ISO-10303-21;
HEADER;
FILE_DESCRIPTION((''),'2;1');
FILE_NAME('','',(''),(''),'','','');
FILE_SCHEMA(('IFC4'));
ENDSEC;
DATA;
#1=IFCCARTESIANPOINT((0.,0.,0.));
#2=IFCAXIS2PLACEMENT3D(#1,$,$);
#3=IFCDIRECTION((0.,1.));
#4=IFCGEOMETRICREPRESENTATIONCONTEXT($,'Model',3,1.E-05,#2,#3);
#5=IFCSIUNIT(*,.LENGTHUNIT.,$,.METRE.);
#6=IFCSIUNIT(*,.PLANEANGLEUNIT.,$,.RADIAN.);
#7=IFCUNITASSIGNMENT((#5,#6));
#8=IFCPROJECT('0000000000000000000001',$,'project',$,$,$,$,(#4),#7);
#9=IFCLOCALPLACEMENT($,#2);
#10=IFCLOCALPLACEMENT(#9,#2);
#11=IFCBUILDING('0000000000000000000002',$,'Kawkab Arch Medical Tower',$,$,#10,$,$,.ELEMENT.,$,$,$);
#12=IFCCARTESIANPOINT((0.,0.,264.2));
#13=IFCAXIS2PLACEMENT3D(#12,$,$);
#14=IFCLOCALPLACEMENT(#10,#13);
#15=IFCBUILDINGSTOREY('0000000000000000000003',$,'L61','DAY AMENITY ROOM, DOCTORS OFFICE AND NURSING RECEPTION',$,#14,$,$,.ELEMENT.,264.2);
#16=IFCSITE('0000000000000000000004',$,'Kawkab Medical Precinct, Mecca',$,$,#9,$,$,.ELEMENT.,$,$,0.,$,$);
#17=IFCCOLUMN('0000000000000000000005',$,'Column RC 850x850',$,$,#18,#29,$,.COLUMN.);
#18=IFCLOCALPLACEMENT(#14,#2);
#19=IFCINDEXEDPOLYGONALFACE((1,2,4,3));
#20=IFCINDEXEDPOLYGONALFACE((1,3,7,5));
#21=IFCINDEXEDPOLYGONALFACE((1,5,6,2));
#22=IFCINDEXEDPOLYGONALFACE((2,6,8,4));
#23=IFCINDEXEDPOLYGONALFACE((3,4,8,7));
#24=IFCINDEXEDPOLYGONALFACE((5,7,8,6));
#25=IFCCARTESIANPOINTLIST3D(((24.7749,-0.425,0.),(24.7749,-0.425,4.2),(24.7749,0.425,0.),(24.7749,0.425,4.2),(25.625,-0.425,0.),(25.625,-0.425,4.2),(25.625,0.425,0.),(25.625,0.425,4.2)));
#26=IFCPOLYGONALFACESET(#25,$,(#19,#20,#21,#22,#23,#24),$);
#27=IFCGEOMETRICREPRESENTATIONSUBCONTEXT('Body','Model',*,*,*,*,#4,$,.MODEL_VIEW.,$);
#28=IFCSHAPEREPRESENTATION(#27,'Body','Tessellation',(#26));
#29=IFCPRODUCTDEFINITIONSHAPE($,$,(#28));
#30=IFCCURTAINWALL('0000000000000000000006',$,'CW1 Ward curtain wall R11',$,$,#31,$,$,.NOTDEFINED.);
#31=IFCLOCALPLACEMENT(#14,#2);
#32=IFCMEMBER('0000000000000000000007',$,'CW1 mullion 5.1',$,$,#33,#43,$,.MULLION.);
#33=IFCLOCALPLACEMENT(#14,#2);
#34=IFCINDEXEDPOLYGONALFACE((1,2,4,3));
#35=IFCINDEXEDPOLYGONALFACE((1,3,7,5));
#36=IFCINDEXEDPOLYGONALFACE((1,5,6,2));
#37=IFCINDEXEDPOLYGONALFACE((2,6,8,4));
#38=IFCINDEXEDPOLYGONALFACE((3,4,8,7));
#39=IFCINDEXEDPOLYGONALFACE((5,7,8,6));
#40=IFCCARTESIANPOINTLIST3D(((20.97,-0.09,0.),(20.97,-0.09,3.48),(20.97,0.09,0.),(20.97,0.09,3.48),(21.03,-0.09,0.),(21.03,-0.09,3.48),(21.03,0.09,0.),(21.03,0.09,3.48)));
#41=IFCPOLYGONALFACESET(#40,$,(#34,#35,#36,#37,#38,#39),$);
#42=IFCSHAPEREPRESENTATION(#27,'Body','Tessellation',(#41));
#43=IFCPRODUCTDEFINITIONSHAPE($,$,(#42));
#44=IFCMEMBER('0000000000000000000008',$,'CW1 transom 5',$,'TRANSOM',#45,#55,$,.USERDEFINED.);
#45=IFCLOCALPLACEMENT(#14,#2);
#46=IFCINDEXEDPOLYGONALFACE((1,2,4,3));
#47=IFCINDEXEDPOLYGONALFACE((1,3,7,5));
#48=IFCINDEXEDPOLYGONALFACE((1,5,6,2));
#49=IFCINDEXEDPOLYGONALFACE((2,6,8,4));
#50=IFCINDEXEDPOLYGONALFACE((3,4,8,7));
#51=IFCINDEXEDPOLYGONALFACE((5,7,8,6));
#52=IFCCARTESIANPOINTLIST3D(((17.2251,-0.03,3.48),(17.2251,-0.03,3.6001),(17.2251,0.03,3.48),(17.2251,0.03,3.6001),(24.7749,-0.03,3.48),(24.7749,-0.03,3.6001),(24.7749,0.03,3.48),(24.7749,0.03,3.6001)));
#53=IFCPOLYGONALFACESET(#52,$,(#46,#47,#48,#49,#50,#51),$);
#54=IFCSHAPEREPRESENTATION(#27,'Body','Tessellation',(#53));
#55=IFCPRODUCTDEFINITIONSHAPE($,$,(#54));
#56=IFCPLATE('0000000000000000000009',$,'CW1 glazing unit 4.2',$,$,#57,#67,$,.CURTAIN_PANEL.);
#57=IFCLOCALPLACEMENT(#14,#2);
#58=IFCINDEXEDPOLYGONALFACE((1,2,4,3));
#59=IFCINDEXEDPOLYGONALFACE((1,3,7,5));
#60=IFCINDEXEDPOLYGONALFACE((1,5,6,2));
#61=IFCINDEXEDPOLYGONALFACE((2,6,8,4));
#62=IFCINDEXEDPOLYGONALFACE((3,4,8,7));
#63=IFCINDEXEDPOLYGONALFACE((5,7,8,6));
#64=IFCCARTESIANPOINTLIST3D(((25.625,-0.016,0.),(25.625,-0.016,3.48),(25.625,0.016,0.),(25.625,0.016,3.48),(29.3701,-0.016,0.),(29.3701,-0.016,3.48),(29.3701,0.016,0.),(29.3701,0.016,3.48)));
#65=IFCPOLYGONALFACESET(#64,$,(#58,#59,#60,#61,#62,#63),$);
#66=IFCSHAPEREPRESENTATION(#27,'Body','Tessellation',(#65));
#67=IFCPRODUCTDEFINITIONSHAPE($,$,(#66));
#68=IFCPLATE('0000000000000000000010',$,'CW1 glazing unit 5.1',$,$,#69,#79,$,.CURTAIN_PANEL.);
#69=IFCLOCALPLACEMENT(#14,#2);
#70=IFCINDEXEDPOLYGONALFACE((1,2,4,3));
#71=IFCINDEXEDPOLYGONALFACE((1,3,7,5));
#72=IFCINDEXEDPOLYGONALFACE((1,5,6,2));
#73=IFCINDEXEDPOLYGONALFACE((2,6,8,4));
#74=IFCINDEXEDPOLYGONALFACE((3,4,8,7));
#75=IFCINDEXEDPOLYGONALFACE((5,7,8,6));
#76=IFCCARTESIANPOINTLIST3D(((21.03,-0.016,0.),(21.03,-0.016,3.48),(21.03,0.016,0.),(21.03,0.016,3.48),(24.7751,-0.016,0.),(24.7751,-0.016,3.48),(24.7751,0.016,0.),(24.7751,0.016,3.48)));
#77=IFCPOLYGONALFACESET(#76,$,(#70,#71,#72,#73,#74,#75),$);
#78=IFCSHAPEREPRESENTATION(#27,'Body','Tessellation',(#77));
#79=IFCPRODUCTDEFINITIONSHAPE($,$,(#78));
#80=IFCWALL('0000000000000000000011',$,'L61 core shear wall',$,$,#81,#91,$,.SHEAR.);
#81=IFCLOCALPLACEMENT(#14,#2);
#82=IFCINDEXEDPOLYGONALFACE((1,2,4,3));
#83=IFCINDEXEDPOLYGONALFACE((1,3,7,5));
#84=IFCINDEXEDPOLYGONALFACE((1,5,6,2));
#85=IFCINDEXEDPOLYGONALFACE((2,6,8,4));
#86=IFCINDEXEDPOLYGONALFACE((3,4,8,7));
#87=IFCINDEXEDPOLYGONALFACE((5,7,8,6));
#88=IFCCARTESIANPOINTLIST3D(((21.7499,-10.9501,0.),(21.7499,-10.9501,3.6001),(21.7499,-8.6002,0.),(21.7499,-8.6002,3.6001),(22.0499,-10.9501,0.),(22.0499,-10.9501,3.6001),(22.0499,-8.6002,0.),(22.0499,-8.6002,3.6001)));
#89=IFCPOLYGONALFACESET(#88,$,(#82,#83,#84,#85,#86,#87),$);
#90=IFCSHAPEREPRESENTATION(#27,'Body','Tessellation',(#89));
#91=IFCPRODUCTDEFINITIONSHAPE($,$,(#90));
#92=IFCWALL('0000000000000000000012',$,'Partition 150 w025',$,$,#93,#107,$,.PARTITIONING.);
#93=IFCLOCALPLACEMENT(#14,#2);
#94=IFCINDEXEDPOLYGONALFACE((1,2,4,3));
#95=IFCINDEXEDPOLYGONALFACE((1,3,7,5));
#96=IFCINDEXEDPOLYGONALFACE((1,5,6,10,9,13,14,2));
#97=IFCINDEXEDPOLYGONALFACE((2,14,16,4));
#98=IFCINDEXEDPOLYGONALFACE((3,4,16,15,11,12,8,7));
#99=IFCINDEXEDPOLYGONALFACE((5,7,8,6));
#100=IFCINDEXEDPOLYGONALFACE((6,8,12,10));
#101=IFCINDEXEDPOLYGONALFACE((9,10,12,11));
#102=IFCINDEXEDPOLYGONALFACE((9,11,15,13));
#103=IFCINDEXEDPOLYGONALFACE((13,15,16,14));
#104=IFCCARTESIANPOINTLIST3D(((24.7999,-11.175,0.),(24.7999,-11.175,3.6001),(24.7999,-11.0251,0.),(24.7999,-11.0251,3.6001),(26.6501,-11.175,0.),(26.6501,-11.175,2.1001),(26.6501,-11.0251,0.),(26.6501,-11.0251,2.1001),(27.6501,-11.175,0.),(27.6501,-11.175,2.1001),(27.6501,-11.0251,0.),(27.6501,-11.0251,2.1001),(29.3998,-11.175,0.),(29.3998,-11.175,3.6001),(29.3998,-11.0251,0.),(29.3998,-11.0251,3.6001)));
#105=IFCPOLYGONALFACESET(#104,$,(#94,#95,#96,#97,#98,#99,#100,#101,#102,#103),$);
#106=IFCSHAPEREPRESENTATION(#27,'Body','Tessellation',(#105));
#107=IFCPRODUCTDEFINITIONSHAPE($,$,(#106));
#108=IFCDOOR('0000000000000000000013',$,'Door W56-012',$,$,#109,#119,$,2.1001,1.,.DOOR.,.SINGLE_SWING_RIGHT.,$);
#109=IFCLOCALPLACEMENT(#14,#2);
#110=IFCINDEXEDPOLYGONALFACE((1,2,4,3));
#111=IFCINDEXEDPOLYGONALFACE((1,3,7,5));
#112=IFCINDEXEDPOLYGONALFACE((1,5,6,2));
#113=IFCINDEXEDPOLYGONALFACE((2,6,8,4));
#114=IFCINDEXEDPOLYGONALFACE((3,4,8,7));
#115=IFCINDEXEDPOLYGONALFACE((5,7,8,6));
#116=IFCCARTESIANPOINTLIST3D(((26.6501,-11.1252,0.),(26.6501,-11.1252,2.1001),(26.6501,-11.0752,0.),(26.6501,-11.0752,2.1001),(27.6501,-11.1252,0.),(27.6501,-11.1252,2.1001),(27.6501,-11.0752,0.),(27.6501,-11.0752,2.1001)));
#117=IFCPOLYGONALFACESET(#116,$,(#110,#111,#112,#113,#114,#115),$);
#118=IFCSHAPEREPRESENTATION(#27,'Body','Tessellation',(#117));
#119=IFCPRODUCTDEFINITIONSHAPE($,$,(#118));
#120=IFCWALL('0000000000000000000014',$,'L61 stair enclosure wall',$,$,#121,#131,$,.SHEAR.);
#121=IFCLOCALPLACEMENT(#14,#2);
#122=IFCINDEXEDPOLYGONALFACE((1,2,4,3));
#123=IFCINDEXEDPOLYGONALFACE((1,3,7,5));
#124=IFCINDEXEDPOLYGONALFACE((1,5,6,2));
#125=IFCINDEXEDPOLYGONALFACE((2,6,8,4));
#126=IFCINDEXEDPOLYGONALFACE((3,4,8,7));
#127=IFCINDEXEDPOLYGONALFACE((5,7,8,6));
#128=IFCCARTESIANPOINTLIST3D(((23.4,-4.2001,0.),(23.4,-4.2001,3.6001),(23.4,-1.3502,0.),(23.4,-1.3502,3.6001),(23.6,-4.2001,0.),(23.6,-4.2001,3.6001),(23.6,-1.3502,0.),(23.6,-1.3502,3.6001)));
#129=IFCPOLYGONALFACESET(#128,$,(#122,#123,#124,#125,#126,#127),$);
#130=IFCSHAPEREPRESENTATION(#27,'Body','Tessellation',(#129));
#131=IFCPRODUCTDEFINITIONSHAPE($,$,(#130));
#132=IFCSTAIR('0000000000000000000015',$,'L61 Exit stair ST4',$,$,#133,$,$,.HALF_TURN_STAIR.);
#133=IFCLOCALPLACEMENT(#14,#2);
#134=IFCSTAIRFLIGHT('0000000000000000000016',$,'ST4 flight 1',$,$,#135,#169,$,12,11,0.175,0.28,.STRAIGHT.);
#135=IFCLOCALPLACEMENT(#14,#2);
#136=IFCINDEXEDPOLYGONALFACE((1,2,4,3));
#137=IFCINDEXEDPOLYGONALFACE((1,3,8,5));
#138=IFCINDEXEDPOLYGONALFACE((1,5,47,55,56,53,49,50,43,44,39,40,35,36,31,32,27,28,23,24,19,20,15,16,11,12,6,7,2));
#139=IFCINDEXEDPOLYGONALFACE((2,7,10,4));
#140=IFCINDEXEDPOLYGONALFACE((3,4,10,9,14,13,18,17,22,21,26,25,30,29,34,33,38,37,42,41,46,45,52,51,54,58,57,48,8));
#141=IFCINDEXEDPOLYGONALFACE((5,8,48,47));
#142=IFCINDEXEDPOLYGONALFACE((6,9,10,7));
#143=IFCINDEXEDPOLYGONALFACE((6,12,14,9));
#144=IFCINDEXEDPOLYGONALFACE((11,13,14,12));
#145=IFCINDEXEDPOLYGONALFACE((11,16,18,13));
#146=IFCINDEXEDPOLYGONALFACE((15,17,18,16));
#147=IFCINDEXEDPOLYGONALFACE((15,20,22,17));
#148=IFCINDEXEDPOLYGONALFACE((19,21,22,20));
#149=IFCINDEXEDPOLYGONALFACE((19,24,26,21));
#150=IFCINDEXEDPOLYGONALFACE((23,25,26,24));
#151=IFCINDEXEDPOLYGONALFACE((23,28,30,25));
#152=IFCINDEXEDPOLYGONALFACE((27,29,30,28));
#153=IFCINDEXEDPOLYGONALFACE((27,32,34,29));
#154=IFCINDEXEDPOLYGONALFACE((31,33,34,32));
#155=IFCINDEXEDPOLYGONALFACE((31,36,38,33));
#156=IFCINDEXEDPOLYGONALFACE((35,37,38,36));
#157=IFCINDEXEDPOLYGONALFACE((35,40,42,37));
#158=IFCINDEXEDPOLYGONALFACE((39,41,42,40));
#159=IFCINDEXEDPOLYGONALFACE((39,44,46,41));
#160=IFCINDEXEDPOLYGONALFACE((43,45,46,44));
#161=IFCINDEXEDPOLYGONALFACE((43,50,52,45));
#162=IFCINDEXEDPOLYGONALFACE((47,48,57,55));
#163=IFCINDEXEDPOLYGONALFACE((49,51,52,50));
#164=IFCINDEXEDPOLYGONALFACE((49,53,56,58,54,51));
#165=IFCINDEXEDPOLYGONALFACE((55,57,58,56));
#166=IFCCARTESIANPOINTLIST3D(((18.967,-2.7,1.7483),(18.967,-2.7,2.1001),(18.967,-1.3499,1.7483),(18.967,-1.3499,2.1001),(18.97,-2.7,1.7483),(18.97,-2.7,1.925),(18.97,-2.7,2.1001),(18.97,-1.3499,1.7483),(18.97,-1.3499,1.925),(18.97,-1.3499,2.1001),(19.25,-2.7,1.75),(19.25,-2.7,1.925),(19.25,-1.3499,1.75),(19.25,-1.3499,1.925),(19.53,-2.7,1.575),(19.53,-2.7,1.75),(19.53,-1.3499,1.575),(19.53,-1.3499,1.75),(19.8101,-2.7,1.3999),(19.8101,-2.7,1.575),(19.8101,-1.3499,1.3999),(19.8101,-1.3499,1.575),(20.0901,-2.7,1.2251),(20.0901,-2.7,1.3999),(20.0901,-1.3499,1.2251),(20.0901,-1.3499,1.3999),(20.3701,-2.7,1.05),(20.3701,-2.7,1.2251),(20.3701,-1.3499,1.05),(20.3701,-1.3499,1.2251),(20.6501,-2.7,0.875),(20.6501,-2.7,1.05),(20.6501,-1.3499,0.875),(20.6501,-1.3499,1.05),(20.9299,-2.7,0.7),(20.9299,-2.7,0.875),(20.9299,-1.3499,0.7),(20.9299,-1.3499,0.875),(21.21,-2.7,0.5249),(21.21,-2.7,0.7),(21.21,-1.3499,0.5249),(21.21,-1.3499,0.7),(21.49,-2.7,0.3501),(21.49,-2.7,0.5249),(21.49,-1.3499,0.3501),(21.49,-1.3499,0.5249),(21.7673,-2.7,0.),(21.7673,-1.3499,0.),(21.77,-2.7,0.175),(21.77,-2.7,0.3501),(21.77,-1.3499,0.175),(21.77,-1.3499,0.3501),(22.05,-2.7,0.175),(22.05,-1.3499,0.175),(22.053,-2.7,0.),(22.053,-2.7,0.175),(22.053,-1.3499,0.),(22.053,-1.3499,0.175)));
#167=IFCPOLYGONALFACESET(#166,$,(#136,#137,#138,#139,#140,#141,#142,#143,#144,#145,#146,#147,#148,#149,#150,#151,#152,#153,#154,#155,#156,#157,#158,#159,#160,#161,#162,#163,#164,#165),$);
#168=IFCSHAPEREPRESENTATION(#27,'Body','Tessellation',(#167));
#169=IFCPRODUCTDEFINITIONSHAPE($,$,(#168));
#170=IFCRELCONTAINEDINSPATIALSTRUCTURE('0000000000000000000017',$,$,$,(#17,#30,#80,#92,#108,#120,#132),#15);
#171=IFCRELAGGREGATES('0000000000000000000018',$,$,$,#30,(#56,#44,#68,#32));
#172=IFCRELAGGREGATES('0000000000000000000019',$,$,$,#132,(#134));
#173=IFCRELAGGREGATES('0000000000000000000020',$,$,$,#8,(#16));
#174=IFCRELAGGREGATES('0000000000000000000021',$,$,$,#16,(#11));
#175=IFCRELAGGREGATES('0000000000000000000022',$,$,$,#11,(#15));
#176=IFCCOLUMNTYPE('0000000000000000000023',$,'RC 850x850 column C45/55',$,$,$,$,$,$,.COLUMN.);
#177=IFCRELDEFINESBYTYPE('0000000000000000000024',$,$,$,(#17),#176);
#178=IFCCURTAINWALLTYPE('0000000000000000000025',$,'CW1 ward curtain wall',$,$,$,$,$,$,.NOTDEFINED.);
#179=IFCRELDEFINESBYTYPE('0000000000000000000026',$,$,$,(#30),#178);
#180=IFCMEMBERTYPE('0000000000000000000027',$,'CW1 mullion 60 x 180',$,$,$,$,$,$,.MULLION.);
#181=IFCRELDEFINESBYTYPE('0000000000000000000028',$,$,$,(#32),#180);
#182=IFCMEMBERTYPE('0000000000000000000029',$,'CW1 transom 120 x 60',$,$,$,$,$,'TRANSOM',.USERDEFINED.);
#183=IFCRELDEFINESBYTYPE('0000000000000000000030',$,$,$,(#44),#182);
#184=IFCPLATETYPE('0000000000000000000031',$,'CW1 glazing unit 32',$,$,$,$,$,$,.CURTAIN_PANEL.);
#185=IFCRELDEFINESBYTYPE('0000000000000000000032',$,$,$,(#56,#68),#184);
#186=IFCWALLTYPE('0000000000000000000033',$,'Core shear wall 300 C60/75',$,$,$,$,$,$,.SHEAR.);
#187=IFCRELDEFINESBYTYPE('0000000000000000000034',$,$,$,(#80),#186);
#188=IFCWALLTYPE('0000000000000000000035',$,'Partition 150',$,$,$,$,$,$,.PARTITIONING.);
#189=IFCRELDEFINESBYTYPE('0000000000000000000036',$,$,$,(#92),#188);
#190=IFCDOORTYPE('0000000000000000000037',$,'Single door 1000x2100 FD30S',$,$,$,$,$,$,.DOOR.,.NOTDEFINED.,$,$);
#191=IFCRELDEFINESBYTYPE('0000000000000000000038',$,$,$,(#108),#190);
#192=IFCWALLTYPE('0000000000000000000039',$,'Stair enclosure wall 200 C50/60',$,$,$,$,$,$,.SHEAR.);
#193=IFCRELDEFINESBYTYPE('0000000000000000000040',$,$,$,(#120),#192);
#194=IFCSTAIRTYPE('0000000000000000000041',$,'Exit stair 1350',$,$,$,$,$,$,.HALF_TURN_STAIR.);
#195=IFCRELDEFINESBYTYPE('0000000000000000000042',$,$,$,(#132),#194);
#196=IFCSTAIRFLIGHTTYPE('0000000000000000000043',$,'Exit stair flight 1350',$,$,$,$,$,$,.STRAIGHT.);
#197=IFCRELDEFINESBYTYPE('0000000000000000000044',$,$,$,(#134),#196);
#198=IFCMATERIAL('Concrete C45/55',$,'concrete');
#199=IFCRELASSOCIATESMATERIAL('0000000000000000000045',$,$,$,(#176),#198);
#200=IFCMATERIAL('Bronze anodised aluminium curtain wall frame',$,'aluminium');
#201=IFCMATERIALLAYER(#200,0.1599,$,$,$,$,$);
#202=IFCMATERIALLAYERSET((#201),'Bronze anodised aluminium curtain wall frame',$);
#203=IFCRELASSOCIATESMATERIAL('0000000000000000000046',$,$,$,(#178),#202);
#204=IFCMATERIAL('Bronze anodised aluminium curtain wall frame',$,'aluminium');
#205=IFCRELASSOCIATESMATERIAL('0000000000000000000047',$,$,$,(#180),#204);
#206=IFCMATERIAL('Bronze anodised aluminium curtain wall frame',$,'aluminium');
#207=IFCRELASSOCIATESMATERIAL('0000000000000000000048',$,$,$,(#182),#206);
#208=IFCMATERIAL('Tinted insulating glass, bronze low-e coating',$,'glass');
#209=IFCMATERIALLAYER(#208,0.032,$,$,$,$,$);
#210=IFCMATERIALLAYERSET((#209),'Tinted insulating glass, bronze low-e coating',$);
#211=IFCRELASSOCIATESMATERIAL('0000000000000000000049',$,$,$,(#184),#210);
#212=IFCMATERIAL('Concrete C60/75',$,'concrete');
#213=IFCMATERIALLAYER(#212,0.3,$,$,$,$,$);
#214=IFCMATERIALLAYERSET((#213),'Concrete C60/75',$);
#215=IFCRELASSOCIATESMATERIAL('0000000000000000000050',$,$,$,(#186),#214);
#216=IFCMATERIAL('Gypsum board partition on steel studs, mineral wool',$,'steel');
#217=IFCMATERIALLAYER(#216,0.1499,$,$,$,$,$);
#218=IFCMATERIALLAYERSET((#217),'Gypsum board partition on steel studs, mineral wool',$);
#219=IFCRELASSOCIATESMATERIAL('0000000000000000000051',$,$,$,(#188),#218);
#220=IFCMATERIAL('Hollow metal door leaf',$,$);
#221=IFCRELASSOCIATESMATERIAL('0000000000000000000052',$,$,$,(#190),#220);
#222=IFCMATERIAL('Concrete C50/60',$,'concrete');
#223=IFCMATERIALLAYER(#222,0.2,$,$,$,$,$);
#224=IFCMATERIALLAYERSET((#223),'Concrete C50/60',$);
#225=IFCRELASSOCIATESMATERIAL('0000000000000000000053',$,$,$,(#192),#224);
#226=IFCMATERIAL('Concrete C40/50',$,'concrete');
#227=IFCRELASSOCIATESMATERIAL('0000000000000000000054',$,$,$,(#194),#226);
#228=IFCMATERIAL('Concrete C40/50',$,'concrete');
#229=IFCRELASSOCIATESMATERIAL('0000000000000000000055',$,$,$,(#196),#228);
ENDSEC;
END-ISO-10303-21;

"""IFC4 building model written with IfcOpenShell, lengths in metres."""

from ifc_helpers import new_model, si_unit, direction, frame, frame_2d, origin, origin_2d, place, context, subcontext, project, spatial, polyline, rectangle, outline, extrude, material, layer, layer_set, material_profile, profile_set, type_object, element, fill, aggregate, save


model = new_model("IFC4")

# Units and contexts
model_context = context("Model", 3, precision=1e-05, world=origin(), true_north=direction((0.0, 1.0)))
body_context = subcontext(model_context, "Body", "Model", "MODEL_VIEW")
ifc_project = project(units=[si_unit("LENGTHUNIT", "METRE"), si_unit("PLANEANGLEUNIT", "RADIAN")], contexts=[model_context])

# Site, building, storey
site_placement = place(None, origin())
site = spatial("IfcSite", under=ifc_project, at=site_placement, Name="Kawkab Medical Precinct, Mecca", CompositionType="ELEMENT", RefElevation=0.0)
building_placement = place(site_placement, origin())
building = spatial("IfcBuilding", under=site, at=building_placement, Name="Kawkab Arch Medical Tower", CompositionType="ELEMENT")
storey_placement = place(building_placement, frame((0.0, 0.0, 264.2)))
storey = spatial("IfcBuildingStorey", under=building, at=storey_placement, Name="L61", Description="DAY AMENITY ROOM, DOCTORS OFFICE AND NURSING RECEPTION", CompositionType="ELEMENT", Elevation=264.2)

# Column
ifc_material_1 = material(Name="Concrete C45/55", Category="concrete")
ifc_material_profile_1 = material_profile(ifc_material_1, rectangle(XDim=0.8501, YDim=0.8501, at=origin_2d()), Name="RC 850x850")
ifc_profile_set_1 = profile_set([ifc_material_profile_1], Name="Concrete C45/55")
column_type = type_object("IfcColumnType", Name="RC 850x850 column C45/55", PredefinedType="COLUMN", material=ifc_profile_set_1)
column_placement = place(storey_placement, frame((25.2, 0.0, 0.0), z_axis=(0.0, 0.0, 1.0), x_axis=(1.0, 0.0, 0.0)))
element("IfcColumn", 1, at=column_placement, inside=storey, type_object=column_type, Name="Column RC 850x850", PredefinedType="COLUMN", context=body_context, shape_type="SweptSolid", body=[
    extrude(rectangle(XDim=0.8501, YDim=0.8501, at=origin_2d()), origin(), (0.0, 0.0, 1.0), 4.2),
])

# Curtain wall, members, plates
ifc_material_2 = material(Name="Bronze anodised aluminium curtain wall frame", Category="aluminium")
ifc_layer_1 = layer(ifc_material_2, 0.1599)
ifc_layer_set_1 = layer_set([ifc_layer_1], Name="Bronze anodised aluminium curtain wall frame")
curtain_wall_type = type_object("IfcCurtainWallType", Name="CW1 ward curtain wall", PredefinedType="NOTDEFINED", material=ifc_layer_set_1)
placement = place(storey_placement, origin())
curtain_wall = element("IfcCurtainWall", 2, at=placement, inside=storey, type_object=curtain_wall_type, Name="CW1 Ward curtain wall R11", PredefinedType="NOTDEFINED")
ifc_material_3 = material(Name="Bronze anodised aluminium curtain wall frame", Category="aluminium")
ifc_material_profile_2 = material_profile(ifc_material_3, rectangle(XDim=0.1799, YDim=0.0601, at=origin_2d()), Name="AL 60x180")
ifc_profile_set_2 = profile_set([ifc_material_profile_2], Name="Bronze anodised aluminium curtain wall frame")
member_type_1 = type_object("IfcMemberType", Name="CW1 mullion 60 x 180", PredefinedType="MULLION", material=ifc_profile_set_2)
member_1_placement = place(storey_placement, frame((21.0, 0.0, 0.0), z_axis=(0.0, 0.0, 1.0), x_axis=(0.0, -1.0, 0.0)))
member_1 = element("IfcMember", 3, at=member_1_placement, type_object=member_type_1, Name="CW1 mullion 5.1", PredefinedType="MULLION", context=body_context, shape_type="SweptSolid", body=[
    extrude(rectangle(XDim=0.1799, YDim=0.0601, at=origin_2d()), origin(), (0.0, 0.0, 1.0), 3.48),
])
ifc_material_4 = material(Name="Bronze anodised aluminium curtain wall frame", Category="aluminium")
ifc_material_profile_3 = material_profile(ifc_material_4, rectangle(XDim=0.0601, YDim=0.1201, at=origin_2d()), Name="AL 60x120")
ifc_profile_set_3 = profile_set([ifc_material_profile_3], Name="Bronze anodised aluminium curtain wall frame")
member_type_2 = type_object("IfcMemberType", Name="CW1 transom 120 x 60", ElementType="TRANSOM", PredefinedType="USERDEFINED", material=ifc_profile_set_3)
member_2_placement = place(storey_placement, frame((24.7749, 0.0, 3.54), z_axis=(-1.0, 0.0, 0.0), x_axis=(0.0, -1.0, 0.0)))
member_2 = element("IfcMember", 4, at=member_2_placement, type_object=member_type_2, Name="CW1 transom 5", ObjectType="TRANSOM", PredefinedType="USERDEFINED", context=body_context, shape_type="SweptSolid", body=[
    extrude(rectangle(XDim=0.0601, YDim=0.1201, at=origin_2d()), origin(), (0.0, 0.0, 1.0), 7.5498),
])
ifc_material_5 = material(Name="Tinted insulating glass, bronze low-e coating", Category="glass")
ifc_layer_2 = layer(ifc_material_5, 0.032)
ifc_layer_set_2 = layer_set([ifc_layer_2], Name="Tinted insulating glass, bronze low-e coating")
plate_type = type_object("IfcPlateType", Name="CW1 glazing unit 32", PredefinedType="CURTAIN_PANEL", material=ifc_layer_set_2)
plate_1_placement = place(storey_placement, frame((27.4976, 0.0, 0.0), z_axis=(0.0, 0.0, 1.0), x_axis=(-1.0, 0.0, 0.0)))
plate_1 = element("IfcPlate", 5, at=plate_1_placement, type_object=plate_type, Name="CW1 glazing unit 4.2", PredefinedType="CURTAIN_PANEL", context=body_context, shape_type="SweptSolid", body=[
    extrude(rectangle(XDim=3.7451, YDim=0.032, at=origin_2d()), origin(), (0.0, 0.0, 1.0), 3.48),
])
plate_2_placement = place(storey_placement, frame((22.9026, 0.0, 0.0), z_axis=(0.0, 0.0, 1.0), x_axis=(-1.0, 0.0, 0.0)))
plate_2 = element("IfcPlate", 6, at=plate_2_placement, type_object=plate_type, Name="CW1 glazing unit 5.1", PredefinedType="CURTAIN_PANEL", context=body_context, shape_type="SweptSolid", body=[
    extrude(rectangle(XDim=3.7451, YDim=0.032, at=origin_2d()), origin(), (0.0, 0.0, 1.0), 3.48),
])
aggregate(curtain_wall, [plate_1, member_2, plate_2, member_1])

# Wall
ifc_material_6 = material(Name="Concrete C60/75", Category="concrete")
ifc_layer_3 = layer(ifc_material_6, 0.3)
ifc_layer_set_3 = layer_set([ifc_layer_3], Name="Concrete C60/75")
wall_type_1 = type_object("IfcWallType", Name="Core shear wall 300 C60/75", PredefinedType="SHEAR", material=ifc_layer_set_3)
wall_1_placement = place(storey_placement, frame((21.8999, -10.95, 0.0), z_axis=(0.0, 0.0, 1.0), x_axis=(0.0, 1.0, 0.0)))
element("IfcWall", 7, at=wall_1_placement, inside=storey, type_object=wall_type_1, Name="L61 core shear wall", PredefinedType="SHEAR", context=body_context, shape_type="SweptSolid", body=[
    extrude(rectangle(XDim=2.3499, YDim=0.3, at=frame_2d((1.1748, 0.0))), origin(), (0.0, 0.0, 1.0), 3.6001),
])

# Wall, opening, door
ifc_material_7 = material(Name="Gypsum board partition on steel studs, mineral wool", Category="steel")
ifc_layer_4 = layer(ifc_material_7, 0.1499)
ifc_layer_set_4 = layer_set([ifc_layer_4], Name="Gypsum board partition on steel studs, mineral wool")
wall_type_2 = type_object("IfcWallType", Name="Partition 150", PredefinedType="PARTITIONING", material=ifc_layer_set_4)
wall_2_placement = place(storey_placement, frame((24.8, -11.1001, 0.0), z_axis=(0.0, 0.0, 1.0), x_axis=(1.0, 0.0, 0.0)))
wall_2 = element("IfcWall", 8, at=wall_2_placement, inside=storey, type_object=wall_type_2, Name="Partition 150 w025", PredefinedType="PARTITIONING", context=body_context, shape_type="SweptSolid", body=[
    extrude(rectangle(XDim=4.5999, YDim=0.1499, at=frame_2d((2.2998, 0.0))), origin(), (0.0, 0.0, 1.0), 3.6001),
])
opening_placement = place(wall_2_placement, frame((1.8501, 0.0, 0.0)))
opening = element("IfcOpeningElement", 9, at=opening_placement, cuts=wall_2, PredefinedType="OPENING", context=body_context, shape_type="SweptSolid", body=[
    extrude(rectangle(XDim=1.0, YDim=2.1001, at=frame_2d((0.5, 1.05))), frame((0.0, 0.085, 0.0), z_axis=(0.0, -1.0, 0.0), x_axis=(1.0, 0.0, 0.0)), (0.0, 0.0, 1.0), 0.1699),
])
ifc_material_8 = material(Name="Hollow metal door leaf")
door_type = type_object("IfcDoorType", Name="Single door 1000x2100 FD30S", OperationType="NOTDEFINED", PredefinedType="DOOR", material=ifc_material_8)
door_placement = place(opening_placement, origin())
door = element("IfcDoor", 10, at=door_placement, inside=storey, type_object=door_type, Name="Door W56-012", OperationType="SINGLE_SWING_RIGHT", OverallHeight=2.1001, OverallWidth=1.0, PredefinedType="DOOR", context=body_context, shape_type="SweptSolid", body=[
    extrude(rectangle(XDim=1.0, YDim=2.1001, at=frame_2d((0.5, 1.05))), frame((0.0, 0.0249, 0.0), z_axis=(0.0, -1.0, 0.0), x_axis=(1.0, 0.0, 0.0)), (0.0, 0.0, 1.0), 0.05),
])
fill(opening, door)

# Wall
ifc_material_9 = material(Name="Concrete C50/60", Category="concrete")
ifc_layer_5 = layer(ifc_material_9, 0.2)
ifc_layer_set_5 = layer_set([ifc_layer_5], Name="Concrete C50/60")
wall_type_3 = type_object("IfcWallType", Name="Stair enclosure wall 200 C50/60", PredefinedType="SHEAR", material=ifc_layer_set_5)
wall_3_placement = place(storey_placement, frame((23.5, -4.2, 0.0), z_axis=(0.0, 0.0, 1.0), x_axis=(0.0, 1.0, 0.0)))
element("IfcWall", 11, at=wall_3_placement, inside=storey, type_object=wall_type_3, Name="L61 stair enclosure wall", PredefinedType="SHEAR", context=body_context, shape_type="SweptSolid", body=[
    extrude(rectangle(XDim=2.8499, YDim=0.2, at=frame_2d((1.4248, 0.0))), origin(), (0.0, 0.0, 1.0), 3.6001),
])

# Stair, stair flight
ifc_material_10 = material(Name="Concrete C40/50", Category="concrete")
stair_type = type_object("IfcStairType", Name="Exit stair 1350", PredefinedType="HALF_TURN_STAIR", material=ifc_material_10)
stair = element("IfcStair", 12, at=placement, inside=storey, type_object=stair_type, Name="L61 Exit stair ST4", PredefinedType="HALF_TURN_STAIR")
ifc_material_11 = material(Name="Concrete C40/50", Category="concrete")
stair_flight_type = type_object("IfcStairFlightType", Name="Exit stair flight 1350", PredefinedType="STRAIGHT", material=ifc_material_11)
stair_flight_placement = place(storey_placement, frame((22.05, -2.0249, 0.0), z_axis=(0.0, 0.0, 1.0), x_axis=(-1.0, 0.0, 0.0)))
stair_flight = element("IfcStairFlight", 13, at=stair_flight_placement, type_object=stair_flight_type, Name="ST4 flight 1", NumberOfRisers=12, NumberOfTreads=11, PredefinedType="STRAIGHT", RiserHeight=0.175, TreadLength=0.28, context=body_context, shape_type="SweptSolid", body=[
    extrude(outline(polyline([(-0.0029, 0.0), (-0.0029, 0.175), (0.0, 0.175), (0.28, 0.175), (0.28, 0.3501), (0.5601, 0.3501), (0.5601, 0.5249), (0.8401, 0.5249), (0.8401, 0.7), (1.1201, 0.7), (1.1201, 0.875), (1.3999, 0.875), (1.3999, 1.05), (1.6799, 1.05), (1.6799, 1.2251), (1.96, 1.2251), (1.96, 1.3999), (2.24, 1.3999), (2.24, 1.575), (2.52, 1.575), (2.52, 1.75), (2.8, 1.75), (2.8, 1.925), (3.0801, 1.925), (3.0801, 2.1001), (3.083, 2.1001), (3.083, 1.7483), (3.0801, 1.7483), (0.2827, 0.0), (-0.0029, 0.0)])), frame((0.0, 0.675, 0.0), z_axis=(0.0, -1.0, 0.0), x_axis=(1.0, 0.0, 0.0)), (0.0, 0.0, 1.0), 1.3501),
])
aggregate(stair, [stair_flight])

save(model, "model.ifc")
